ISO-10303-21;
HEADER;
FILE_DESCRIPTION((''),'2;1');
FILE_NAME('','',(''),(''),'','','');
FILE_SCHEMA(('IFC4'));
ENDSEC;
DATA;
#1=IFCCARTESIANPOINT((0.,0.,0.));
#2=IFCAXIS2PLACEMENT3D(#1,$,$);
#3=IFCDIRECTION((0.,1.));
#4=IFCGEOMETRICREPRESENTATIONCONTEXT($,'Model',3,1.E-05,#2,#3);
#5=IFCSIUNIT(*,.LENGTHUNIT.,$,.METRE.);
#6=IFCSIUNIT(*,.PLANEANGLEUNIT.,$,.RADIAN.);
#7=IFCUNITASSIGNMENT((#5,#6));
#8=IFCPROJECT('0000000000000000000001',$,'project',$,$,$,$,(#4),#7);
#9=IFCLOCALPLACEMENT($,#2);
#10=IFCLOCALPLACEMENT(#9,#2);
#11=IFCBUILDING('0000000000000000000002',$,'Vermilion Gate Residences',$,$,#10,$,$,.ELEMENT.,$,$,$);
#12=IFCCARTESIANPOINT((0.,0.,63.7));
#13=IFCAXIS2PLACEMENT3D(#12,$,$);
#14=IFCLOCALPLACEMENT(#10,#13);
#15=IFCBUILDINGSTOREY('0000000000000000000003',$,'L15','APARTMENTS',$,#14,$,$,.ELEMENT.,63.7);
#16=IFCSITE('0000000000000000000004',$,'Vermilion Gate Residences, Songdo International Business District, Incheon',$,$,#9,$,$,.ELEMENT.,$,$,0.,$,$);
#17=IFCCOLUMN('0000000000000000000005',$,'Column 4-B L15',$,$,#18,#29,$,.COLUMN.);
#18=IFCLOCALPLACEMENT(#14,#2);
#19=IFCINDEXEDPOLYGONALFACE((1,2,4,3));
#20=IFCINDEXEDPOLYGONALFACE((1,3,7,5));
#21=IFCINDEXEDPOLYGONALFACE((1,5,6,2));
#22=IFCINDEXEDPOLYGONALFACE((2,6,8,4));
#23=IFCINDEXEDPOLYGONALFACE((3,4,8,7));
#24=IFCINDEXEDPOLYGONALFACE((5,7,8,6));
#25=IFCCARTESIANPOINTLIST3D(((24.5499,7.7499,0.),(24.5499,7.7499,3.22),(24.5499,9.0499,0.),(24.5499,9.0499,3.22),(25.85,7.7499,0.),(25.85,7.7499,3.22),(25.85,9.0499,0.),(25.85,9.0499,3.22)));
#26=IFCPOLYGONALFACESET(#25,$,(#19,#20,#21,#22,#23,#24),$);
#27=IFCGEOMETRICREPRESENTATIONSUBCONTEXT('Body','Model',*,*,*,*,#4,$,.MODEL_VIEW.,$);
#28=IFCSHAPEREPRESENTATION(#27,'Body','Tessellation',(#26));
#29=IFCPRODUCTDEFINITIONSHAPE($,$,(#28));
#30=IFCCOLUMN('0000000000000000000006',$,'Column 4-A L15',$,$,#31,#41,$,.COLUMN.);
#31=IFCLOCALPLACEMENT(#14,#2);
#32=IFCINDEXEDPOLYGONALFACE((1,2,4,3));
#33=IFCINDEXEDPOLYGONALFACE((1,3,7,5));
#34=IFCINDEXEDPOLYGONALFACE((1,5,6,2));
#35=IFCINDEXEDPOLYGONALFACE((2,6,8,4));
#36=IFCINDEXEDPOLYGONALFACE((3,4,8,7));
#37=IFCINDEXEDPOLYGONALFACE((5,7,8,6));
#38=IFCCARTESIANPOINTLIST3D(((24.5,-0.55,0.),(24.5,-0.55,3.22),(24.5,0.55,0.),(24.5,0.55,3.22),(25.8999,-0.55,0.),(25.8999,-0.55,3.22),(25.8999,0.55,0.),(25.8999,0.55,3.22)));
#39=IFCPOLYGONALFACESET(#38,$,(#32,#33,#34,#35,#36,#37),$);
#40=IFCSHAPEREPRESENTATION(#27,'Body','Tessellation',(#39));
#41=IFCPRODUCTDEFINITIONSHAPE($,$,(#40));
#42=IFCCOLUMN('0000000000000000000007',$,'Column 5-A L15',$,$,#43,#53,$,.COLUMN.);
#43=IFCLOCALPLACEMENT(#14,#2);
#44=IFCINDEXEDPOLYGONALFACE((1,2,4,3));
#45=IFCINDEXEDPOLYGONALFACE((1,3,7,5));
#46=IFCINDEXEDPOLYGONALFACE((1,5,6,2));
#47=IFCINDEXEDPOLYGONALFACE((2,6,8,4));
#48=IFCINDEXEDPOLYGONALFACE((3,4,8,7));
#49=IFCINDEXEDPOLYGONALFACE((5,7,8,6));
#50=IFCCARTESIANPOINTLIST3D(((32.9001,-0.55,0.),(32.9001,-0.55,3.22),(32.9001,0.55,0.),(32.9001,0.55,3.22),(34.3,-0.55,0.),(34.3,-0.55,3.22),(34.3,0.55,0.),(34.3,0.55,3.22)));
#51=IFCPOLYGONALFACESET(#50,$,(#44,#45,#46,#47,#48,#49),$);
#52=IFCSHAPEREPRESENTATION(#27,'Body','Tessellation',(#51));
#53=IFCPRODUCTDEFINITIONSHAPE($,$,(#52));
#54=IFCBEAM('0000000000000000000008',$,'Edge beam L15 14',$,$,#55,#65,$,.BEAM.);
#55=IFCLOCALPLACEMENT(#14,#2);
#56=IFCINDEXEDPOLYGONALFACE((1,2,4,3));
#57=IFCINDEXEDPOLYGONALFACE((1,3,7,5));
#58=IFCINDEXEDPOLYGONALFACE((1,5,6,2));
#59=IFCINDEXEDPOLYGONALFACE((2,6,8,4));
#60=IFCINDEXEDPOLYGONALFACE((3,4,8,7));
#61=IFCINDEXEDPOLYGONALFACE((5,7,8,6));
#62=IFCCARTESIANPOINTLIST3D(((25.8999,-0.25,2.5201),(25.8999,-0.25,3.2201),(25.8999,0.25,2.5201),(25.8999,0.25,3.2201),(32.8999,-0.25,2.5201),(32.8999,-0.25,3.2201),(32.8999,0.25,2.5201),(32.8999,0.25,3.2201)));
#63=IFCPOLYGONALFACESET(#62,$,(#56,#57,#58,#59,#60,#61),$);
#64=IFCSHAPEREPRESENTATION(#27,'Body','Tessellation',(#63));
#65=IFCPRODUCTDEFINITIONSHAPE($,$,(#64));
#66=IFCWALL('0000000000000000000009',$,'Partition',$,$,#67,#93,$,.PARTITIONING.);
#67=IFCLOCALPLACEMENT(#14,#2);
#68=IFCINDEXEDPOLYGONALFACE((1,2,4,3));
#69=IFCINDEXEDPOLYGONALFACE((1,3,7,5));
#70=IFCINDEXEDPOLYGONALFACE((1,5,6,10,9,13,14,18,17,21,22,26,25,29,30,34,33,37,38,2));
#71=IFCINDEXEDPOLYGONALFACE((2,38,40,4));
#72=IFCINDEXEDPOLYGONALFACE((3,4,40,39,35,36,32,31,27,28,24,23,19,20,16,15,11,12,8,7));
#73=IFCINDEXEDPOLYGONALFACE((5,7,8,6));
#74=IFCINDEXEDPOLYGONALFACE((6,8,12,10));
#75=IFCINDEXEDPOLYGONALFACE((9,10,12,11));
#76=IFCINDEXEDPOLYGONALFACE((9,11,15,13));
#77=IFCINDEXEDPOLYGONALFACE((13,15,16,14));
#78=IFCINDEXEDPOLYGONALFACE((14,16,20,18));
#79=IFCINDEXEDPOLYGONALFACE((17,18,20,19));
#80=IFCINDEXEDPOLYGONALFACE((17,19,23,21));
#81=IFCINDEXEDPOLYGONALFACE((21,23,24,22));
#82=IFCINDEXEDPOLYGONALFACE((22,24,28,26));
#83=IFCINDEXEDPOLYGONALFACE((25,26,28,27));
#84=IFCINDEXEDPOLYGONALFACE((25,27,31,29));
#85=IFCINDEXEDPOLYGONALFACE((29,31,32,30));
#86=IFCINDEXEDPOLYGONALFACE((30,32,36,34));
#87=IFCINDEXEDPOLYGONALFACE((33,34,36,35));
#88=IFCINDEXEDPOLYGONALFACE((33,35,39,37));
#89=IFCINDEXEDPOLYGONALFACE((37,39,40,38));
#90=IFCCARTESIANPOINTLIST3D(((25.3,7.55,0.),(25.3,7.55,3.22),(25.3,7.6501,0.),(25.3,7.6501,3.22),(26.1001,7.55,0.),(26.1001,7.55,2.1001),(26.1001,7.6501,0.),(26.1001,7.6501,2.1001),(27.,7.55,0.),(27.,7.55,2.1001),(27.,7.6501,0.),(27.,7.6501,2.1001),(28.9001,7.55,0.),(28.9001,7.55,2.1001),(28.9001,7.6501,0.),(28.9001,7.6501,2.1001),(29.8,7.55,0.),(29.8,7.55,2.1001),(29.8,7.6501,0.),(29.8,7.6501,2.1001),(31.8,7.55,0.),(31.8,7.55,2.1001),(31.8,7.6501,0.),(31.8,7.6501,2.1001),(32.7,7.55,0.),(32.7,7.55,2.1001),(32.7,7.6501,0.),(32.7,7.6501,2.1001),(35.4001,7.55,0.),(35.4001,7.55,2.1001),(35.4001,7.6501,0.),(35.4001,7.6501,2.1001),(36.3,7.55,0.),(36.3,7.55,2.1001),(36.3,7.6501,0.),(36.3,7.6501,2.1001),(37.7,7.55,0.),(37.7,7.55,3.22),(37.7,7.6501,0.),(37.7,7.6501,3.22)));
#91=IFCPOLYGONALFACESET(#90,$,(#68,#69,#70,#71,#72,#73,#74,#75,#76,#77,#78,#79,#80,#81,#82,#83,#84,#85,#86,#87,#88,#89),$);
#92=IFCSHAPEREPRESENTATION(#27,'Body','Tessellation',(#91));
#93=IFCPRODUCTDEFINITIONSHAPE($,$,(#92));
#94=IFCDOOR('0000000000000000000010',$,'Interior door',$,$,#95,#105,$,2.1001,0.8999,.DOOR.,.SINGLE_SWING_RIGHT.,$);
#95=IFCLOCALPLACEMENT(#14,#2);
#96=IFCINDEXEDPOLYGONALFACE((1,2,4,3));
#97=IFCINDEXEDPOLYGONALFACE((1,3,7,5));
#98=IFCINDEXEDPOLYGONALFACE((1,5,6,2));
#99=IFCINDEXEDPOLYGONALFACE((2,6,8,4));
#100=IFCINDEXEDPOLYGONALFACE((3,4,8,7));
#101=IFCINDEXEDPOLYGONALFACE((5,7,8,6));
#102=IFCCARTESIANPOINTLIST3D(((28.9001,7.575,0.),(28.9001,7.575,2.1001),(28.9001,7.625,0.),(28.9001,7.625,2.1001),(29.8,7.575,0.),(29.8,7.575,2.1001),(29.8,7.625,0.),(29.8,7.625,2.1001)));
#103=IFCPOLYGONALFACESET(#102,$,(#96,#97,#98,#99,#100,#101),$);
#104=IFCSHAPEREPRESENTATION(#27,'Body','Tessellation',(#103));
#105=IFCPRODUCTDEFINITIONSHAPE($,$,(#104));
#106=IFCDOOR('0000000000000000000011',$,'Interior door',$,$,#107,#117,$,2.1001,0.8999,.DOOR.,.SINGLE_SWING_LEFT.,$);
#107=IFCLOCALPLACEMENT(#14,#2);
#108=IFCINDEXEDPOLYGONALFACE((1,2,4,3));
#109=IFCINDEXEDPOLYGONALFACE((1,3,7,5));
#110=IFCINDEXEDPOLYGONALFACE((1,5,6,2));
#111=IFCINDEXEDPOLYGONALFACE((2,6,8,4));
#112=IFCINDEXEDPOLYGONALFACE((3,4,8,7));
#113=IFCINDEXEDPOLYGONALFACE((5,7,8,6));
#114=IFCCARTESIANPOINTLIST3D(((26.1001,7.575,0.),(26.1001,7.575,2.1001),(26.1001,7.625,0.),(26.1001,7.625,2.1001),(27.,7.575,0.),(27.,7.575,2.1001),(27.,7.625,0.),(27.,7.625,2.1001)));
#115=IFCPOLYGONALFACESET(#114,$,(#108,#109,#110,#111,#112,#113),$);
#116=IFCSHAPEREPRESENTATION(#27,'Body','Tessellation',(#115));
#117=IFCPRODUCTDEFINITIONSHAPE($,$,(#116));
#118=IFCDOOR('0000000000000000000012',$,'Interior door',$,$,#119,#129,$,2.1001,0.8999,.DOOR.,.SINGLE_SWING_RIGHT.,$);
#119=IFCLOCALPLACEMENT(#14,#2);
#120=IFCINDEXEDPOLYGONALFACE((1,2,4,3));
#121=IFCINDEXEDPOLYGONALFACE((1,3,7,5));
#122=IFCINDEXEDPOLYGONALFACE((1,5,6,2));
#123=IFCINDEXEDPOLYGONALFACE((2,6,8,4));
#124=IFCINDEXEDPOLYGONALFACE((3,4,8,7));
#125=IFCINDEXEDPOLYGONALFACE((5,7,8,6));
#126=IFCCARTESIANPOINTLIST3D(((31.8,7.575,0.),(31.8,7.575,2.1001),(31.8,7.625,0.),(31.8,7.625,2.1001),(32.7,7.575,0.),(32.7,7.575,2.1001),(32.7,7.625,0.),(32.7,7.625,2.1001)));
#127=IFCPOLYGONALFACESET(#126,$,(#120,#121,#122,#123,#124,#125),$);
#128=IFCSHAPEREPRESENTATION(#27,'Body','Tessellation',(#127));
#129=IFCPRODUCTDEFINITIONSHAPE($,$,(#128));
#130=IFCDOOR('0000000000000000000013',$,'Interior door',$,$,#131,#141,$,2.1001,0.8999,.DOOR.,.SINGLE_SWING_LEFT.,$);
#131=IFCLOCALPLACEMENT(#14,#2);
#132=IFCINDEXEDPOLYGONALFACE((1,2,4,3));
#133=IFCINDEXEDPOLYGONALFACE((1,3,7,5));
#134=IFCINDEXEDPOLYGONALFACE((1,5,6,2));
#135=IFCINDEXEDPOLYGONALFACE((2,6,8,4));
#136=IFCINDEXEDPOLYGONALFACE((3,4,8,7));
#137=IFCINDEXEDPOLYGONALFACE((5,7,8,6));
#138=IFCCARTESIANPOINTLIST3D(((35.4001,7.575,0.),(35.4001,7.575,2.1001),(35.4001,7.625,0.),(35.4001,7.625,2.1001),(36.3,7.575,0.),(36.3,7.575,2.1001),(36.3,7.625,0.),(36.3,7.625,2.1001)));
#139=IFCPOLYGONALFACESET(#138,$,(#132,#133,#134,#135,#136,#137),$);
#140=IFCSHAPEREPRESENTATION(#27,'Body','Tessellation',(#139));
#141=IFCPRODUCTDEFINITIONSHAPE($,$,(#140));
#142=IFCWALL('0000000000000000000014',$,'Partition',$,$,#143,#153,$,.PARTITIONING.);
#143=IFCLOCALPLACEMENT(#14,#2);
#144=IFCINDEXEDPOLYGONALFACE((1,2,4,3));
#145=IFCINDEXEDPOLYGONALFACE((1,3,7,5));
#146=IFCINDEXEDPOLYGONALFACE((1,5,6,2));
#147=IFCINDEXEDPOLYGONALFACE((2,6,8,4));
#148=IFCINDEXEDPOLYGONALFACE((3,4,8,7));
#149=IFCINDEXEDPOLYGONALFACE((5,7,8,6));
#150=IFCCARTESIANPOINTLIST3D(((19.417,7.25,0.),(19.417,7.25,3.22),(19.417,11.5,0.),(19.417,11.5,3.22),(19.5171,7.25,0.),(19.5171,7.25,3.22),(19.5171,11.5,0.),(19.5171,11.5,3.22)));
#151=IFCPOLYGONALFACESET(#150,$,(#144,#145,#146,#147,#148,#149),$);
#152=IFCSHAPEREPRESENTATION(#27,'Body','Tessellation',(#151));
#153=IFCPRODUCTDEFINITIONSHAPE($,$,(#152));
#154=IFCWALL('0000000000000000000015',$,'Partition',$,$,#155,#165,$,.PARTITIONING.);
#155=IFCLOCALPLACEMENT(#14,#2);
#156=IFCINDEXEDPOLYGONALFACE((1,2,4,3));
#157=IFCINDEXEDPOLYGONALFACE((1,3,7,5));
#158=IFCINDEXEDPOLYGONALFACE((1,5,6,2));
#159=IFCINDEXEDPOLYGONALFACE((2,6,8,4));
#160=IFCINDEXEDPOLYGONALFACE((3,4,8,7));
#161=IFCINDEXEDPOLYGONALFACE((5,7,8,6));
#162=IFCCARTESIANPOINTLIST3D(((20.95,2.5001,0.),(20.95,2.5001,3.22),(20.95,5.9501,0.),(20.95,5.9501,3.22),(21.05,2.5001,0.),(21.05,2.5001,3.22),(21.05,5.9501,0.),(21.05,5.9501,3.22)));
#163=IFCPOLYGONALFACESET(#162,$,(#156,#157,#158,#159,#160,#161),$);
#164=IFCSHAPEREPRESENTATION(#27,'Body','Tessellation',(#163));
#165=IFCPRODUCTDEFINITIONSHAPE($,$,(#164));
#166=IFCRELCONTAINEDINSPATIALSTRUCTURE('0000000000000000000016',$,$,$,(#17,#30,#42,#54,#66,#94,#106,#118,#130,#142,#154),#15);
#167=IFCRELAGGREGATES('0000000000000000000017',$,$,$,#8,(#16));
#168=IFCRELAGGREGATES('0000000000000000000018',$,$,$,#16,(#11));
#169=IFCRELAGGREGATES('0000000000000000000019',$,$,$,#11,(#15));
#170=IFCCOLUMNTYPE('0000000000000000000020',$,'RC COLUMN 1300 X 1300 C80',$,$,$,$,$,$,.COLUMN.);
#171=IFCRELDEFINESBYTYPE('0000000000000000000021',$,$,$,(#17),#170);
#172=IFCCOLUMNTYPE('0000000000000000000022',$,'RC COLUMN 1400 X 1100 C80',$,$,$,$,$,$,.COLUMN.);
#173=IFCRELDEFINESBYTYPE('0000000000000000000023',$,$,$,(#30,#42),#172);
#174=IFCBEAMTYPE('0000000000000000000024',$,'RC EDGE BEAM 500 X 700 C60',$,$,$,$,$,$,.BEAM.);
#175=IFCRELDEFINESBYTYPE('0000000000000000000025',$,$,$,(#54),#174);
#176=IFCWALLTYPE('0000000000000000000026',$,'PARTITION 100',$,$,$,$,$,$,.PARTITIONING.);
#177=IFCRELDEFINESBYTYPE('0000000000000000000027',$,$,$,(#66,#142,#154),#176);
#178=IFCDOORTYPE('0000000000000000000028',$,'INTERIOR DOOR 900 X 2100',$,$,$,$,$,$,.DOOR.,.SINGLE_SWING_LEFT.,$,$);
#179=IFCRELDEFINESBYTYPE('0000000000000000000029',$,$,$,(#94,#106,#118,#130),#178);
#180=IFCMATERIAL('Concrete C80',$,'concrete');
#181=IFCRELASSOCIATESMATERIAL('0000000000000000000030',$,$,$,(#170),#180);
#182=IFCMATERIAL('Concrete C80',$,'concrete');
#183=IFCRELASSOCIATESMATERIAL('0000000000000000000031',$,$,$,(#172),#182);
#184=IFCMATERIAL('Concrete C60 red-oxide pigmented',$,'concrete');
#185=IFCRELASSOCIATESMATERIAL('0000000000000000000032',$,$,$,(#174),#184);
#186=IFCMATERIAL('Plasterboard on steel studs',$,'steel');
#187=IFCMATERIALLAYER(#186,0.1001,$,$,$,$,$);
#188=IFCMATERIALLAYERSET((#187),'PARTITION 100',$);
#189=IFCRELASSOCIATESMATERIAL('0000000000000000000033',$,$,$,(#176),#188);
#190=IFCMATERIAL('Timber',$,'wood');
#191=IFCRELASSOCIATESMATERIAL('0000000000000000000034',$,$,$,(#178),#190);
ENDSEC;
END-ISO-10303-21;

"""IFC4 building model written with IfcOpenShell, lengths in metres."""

from ifc_helpers import new_model, si_unit, direction, frame, frame_2d, origin, origin_2d, place, context, subcontext, project, spatial, rectangle, extrude, material, layer, layer_set, material_profile, profile_set, type_object, element, fill, save


model = new_model("IFC4")

# Units and contexts
model_context = context("Model", 3, precision=1e-05, world=origin(), true_north=direction((0.0, 1.0)))
body_context = subcontext(model_context, "Body", "Model", "MODEL_VIEW")
ifc_project = project(units=[si_unit("LENGTHUNIT", "METRE"), si_unit("PLANEANGLEUNIT", "RADIAN")], contexts=[model_context])

# Site, building, storey
site_placement = place(None, origin())
site = spatial("IfcSite", under=ifc_project, at=site_placement, Name="Vermilion Gate Residences, Songdo International Business District, Incheon", CompositionType="ELEMENT", RefElevation=0.0)
building_placement = place(site_placement, origin())
building = spatial("IfcBuilding", under=site, at=building_placement, Name="Vermilion Gate Residences", CompositionType="ELEMENT")
storey_placement = place(building_placement, frame((0.0, 0.0, 63.7)))
storey = spatial("IfcBuildingStorey", under=building, at=storey_placement, Name="L15", Description="APARTMENTS", CompositionType="ELEMENT", Elevation=63.7)

# Columns
ifc_material_1 = material(Name="Concrete C80", Category="concrete")
ifc_material_profile_1 = material_profile(ifc_material_1, rectangle(XDim=1.3, YDim=1.3, at=origin_2d()), Name="RC-1300x1300")
ifc_profile_set_1 = profile_set([ifc_material_profile_1], Name="Concrete C80")
column_type_1 = type_object("IfcColumnType", Name="RC COLUMN 1300 X 1300 C80", PredefinedType="COLUMN", material=ifc_profile_set_1)
column_placement = place(storey_placement, frame((25.2, 8.3999, 0.0), z_axis=(0.0, 0.0, 1.0), x_axis=(1.0, 0.0, 0.0)))
element("IfcColumn", 1, at=column_placement, inside=storey, type_object=column_type_1, Name="Column 4-B L15", PredefinedType="COLUMN", context=body_context, shape_type="SweptSolid", body=[
    extrude(rectangle(XDim=1.3, YDim=1.3, at=origin_2d()), origin(), (0.0, 0.0, 1.0), 3.22),
])
ifc_material_2 = material(Name="Concrete C80", Category="concrete")
ifc_material_profile_2 = material_profile(ifc_material_2, rectangle(XDim=1.3999, YDim=1.1001, at=origin_2d()), Name="RC-1400x1100")
ifc_profile_set_2 = profile_set([ifc_material_profile_2], Name="Concrete C80")
column_type_2 = type_object("IfcColumnType", Name="RC COLUMN 1400 X 1100 C80", PredefinedType="COLUMN", material=ifc_profile_set_2)
for number, where, z_axis, x_axis, name in (
    (2, (25.2, 0.0, 0.0), (0.0, 0.0, 1.0), (1.0, 0.0, 0.0), "Column 4-A L15"),
    (3, (33.6001, 0.0, 0.0), (0.0, 0.0, 1.0), (1.0, 0.0, 0.0), "Column 5-A L15"),
):
    element("IfcColumn", number, at=place(storey_placement, frame(where, z_axis=z_axis, x_axis=x_axis)), inside=storey, type_object=column_type_2, Name=name, PredefinedType="COLUMN", context=body_context, shape_type="SweptSolid", body=[
        extrude(rectangle(XDim=1.3999, YDim=1.1001, at=origin_2d()), origin(), (0.0, 0.0, 1.0), 3.22),
    ])

# Beam
ifc_material_3 = material(Name="Concrete C60 red-oxide pigmented", Category="concrete")
ifc_material_profile_3 = material_profile(ifc_material_3, rectangle(XDim=0.5, YDim=0.7, at=origin_2d()), Name="RC-500x700")
ifc_profile_set_3 = profile_set([ifc_material_profile_3], Name="Concrete C60 red-oxide pigmented")
beam_type = type_object("IfcBeamType", Name="RC EDGE BEAM 500 X 700 C60", PredefinedType="BEAM", material=ifc_profile_set_3)
beam_placement = place(storey_placement, frame((25.8999, 0.0, 2.8701), z_axis=(1.0, 0.0, 0.0), x_axis=(0.0, 1.0, 0.0)))
element("IfcBeam", 4, at=beam_placement, inside=storey, type_object=beam_type, Name="Edge beam L15 14", PredefinedType="BEAM", context=body_context, shape_type="SweptSolid", body=[
    extrude(rectangle(XDim=0.5, YDim=0.7, at=origin_2d()), origin(), (0.0, 0.0, 1.0), 7.0),
])

# Wall, openings, doors
ifc_material_4 = material(Name="Plasterboard on steel studs", Category="steel")
ifc_layer_1 = layer(ifc_material_4, 0.1001)
ifc_layer_set_1 = layer_set([ifc_layer_1], Name="PARTITION 100")
wall_type_1 = type_object("IfcWallType", Name="PARTITION 100", PredefinedType="PARTITIONING", material=ifc_layer_set_1)
wall_1_placement = place(storey_placement, frame((25.3, 7.6001, 0.0), z_axis=(0.0, 0.0, 1.0), x_axis=(1.0, 0.0, 0.0)))
wall_1 = element("IfcWall", 5, at=wall_1_placement, inside=storey, type_object=wall_type_1, Name="Partition", PredefinedType="PARTITIONING", context=body_context, shape_type="SweptSolid", body=[
    extrude(rectangle(XDim=12.3999, YDim=0.1001, at=frame_2d((6.2, 0.0))), origin(), (0.0, 0.0, 1.0), 3.22),
])
opening_1_placement = place(wall_1_placement, frame((3.6001, 0.0, 0.0)))
opening_1 = element("IfcOpeningElement", 6, at=opening_1_placement, cuts=wall_1, PredefinedType="OPENING", context=body_context, shape_type="SweptSolid", body=[
    extrude(rectangle(XDim=0.8999, YDim=2.1001, at=frame_2d((0.45, 1.05))), frame((0.0, 0.0601, 0.0), z_axis=(0.0, -1.0, 0.0), x_axis=(1.0, 0.0, 0.0)), (0.0, 0.0, 1.0), 0.1201),
])
opening_2_placement = place(wall_1_placement, frame((0.8, 0.0, 0.0)))
opening_2 = element("IfcOpeningElement", 7, at=opening_2_placement, cuts=wall_1, PredefinedType="OPENING", context=body_context, shape_type="SweptSolid", body=[
    extrude(rectangle(XDim=0.8999, YDim=2.1001, at=frame_2d((0.45, 1.05))), frame((0.0, 0.0601, 0.0), z_axis=(0.0, -1.0, 0.0), x_axis=(1.0, 0.0, 0.0)), (0.0, 0.0, 1.0), 0.1201),
])
opening_3_placement = place(wall_1_placement, frame((6.5, 0.0, 0.0)))
opening_3 = element("IfcOpeningElement", 8, at=opening_3_placement, cuts=wall_1, PredefinedType="OPENING", context=body_context, shape_type="SweptSolid", body=[
    extrude(rectangle(XDim=0.8999, YDim=2.1001, at=frame_2d((0.45, 1.05))), frame((0.0, 0.0601, 0.0), z_axis=(0.0, -1.0, 0.0), x_axis=(1.0, 0.0, 0.0)), (0.0, 0.0, 1.0), 0.1201),
])
opening_4_placement = place(wall_1_placement, frame((10.1001, 0.0, 0.0)))
opening_4 = element("IfcOpeningElement", 9, at=opening_4_placement, cuts=wall_1, PredefinedType="OPENING", context=body_context, shape_type="SweptSolid", body=[
    extrude(rectangle(XDim=0.8999, YDim=2.1001, at=frame_2d((0.45, 1.05))), frame((0.0, 0.0601, 0.0), z_axis=(0.0, -1.0, 0.0), x_axis=(1.0, 0.0, 0.0)), (0.0, 0.0, 1.0), 0.1201),
])
ifc_material_5 = material(Name="Timber", Category="wood")
door_type = type_object("IfcDoorType", Name="INTERIOR DOOR 900 X 2100", OperationType="SINGLE_SWING_LEFT", PredefinedType="DOOR", material=ifc_material_5)
door_1_placement = place(opening_1_placement, origin())
door_1 = element("IfcDoor", 10, at=door_1_placement, inside=storey, type_object=door_type, Name="Interior door", OperationType="SINGLE_SWING_RIGHT", OverallHeight=2.1001, OverallWidth=0.8999, PredefinedType="DOOR", context=body_context, shape_type="SweptSolid", body=[
    extrude(rectangle(XDim=0.8999, YDim=2.1001, at=frame_2d((0.45, 1.05))), frame((0.0, 0.0249, 0.0), z_axis=(0.0, -1.0, 0.0), x_axis=(1.0, 0.0, 0.0)), (0.0, 0.0, 1.0), 0.05),
])
fill(opening_1, door_1)
door_2_placement = place(opening_2_placement, origin())
door_2 = element("IfcDoor", 11, at=door_2_placement, inside=storey, type_object=door_type, Name="Interior door", OperationType="SINGLE_SWING_LEFT", OverallHeight=2.1001, OverallWidth=0.8999, PredefinedType="DOOR", context=body_context, shape_type="SweptSolid", body=[
    extrude(rectangle(XDim=0.8999, YDim=2.1001, at=frame_2d((0.45, 1.05))), frame((0.0, 0.0249, 0.0), z_axis=(0.0, -1.0, 0.0), x_axis=(1.0, 0.0, 0.0)), (0.0, 0.0, 1.0), 0.05),
])
fill(opening_2, door_2)
door_3_placement = place(opening_3_placement, origin())
door_3 = element("IfcDoor", 12, at=door_3_placement, inside=storey, type_object=door_type, Name="Interior door", OperationType="SINGLE_SWING_RIGHT", OverallHeight=2.1001, OverallWidth=0.8999, PredefinedType="DOOR", context=body_context, shape_type="SweptSolid", body=[
    extrude(rectangle(XDim=0.8999, YDim=2.1001, at=frame_2d((0.45, 1.05))), frame((0.0, 0.0249, 0.0), z_axis=(0.0, -1.0, 0.0), x_axis=(1.0, 0.0, 0.0)), (0.0, 0.0, 1.0), 0.05),
])
fill(opening_3, door_3)
door_4_placement = place(opening_4_placement, origin())
door_4 = element("IfcDoor", 13, at=door_4_placement, inside=storey, type_object=door_type, Name="Interior door", OperationType="SINGLE_SWING_LEFT", OverallHeight=2.1001, OverallWidth=0.8999, PredefinedType="DOOR", context=body_context, shape_type="SweptSolid", body=[
    extrude(rectangle(XDim=0.8999, YDim=2.1001, at=frame_2d((0.45, 1.05))), frame((0.0, 0.0249, 0.0), z_axis=(0.0, -1.0, 0.0), x_axis=(1.0, 0.0, 0.0)), (0.0, 0.0, 1.0), 0.05),
])
fill(opening_4, door_4)

# Walls
wall_2_placement = place(storey_placement, frame((19.467, 7.25, 0.0), z_axis=(0.0, 0.0, 1.0), x_axis=(0.0, 1.0, 0.0)))
element("IfcWall", 14, at=wall_2_placement, inside=storey, type_object=wall_type_1, Name="Partition", PredefinedType="PARTITIONING", context=body_context, shape_type="SweptSolid", body=[
    extrude(rectangle(XDim=4.25, YDim=0.1001, at=frame_2d((2.125, 0.0))), origin(), (0.0, 0.0, 1.0), 3.22),
])
wall_3_placement = place(storey_placement, frame((21.0, 2.5, 0.0), z_axis=(0.0, 0.0, 1.0), x_axis=(0.0, 1.0, 0.0)))
element("IfcWall", 15, at=wall_3_placement, inside=storey, type_object=wall_type_1, Name="Partition", PredefinedType="PARTITIONING", context=body_context, shape_type="SweptSolid", body=[
    extrude(rectangle(XDim=3.45, YDim=0.1001, at=frame_2d((1.7251, 0.0))), origin(), (0.0, 0.0, 1.0), 3.22),
])

save(model, "model.ifc")
